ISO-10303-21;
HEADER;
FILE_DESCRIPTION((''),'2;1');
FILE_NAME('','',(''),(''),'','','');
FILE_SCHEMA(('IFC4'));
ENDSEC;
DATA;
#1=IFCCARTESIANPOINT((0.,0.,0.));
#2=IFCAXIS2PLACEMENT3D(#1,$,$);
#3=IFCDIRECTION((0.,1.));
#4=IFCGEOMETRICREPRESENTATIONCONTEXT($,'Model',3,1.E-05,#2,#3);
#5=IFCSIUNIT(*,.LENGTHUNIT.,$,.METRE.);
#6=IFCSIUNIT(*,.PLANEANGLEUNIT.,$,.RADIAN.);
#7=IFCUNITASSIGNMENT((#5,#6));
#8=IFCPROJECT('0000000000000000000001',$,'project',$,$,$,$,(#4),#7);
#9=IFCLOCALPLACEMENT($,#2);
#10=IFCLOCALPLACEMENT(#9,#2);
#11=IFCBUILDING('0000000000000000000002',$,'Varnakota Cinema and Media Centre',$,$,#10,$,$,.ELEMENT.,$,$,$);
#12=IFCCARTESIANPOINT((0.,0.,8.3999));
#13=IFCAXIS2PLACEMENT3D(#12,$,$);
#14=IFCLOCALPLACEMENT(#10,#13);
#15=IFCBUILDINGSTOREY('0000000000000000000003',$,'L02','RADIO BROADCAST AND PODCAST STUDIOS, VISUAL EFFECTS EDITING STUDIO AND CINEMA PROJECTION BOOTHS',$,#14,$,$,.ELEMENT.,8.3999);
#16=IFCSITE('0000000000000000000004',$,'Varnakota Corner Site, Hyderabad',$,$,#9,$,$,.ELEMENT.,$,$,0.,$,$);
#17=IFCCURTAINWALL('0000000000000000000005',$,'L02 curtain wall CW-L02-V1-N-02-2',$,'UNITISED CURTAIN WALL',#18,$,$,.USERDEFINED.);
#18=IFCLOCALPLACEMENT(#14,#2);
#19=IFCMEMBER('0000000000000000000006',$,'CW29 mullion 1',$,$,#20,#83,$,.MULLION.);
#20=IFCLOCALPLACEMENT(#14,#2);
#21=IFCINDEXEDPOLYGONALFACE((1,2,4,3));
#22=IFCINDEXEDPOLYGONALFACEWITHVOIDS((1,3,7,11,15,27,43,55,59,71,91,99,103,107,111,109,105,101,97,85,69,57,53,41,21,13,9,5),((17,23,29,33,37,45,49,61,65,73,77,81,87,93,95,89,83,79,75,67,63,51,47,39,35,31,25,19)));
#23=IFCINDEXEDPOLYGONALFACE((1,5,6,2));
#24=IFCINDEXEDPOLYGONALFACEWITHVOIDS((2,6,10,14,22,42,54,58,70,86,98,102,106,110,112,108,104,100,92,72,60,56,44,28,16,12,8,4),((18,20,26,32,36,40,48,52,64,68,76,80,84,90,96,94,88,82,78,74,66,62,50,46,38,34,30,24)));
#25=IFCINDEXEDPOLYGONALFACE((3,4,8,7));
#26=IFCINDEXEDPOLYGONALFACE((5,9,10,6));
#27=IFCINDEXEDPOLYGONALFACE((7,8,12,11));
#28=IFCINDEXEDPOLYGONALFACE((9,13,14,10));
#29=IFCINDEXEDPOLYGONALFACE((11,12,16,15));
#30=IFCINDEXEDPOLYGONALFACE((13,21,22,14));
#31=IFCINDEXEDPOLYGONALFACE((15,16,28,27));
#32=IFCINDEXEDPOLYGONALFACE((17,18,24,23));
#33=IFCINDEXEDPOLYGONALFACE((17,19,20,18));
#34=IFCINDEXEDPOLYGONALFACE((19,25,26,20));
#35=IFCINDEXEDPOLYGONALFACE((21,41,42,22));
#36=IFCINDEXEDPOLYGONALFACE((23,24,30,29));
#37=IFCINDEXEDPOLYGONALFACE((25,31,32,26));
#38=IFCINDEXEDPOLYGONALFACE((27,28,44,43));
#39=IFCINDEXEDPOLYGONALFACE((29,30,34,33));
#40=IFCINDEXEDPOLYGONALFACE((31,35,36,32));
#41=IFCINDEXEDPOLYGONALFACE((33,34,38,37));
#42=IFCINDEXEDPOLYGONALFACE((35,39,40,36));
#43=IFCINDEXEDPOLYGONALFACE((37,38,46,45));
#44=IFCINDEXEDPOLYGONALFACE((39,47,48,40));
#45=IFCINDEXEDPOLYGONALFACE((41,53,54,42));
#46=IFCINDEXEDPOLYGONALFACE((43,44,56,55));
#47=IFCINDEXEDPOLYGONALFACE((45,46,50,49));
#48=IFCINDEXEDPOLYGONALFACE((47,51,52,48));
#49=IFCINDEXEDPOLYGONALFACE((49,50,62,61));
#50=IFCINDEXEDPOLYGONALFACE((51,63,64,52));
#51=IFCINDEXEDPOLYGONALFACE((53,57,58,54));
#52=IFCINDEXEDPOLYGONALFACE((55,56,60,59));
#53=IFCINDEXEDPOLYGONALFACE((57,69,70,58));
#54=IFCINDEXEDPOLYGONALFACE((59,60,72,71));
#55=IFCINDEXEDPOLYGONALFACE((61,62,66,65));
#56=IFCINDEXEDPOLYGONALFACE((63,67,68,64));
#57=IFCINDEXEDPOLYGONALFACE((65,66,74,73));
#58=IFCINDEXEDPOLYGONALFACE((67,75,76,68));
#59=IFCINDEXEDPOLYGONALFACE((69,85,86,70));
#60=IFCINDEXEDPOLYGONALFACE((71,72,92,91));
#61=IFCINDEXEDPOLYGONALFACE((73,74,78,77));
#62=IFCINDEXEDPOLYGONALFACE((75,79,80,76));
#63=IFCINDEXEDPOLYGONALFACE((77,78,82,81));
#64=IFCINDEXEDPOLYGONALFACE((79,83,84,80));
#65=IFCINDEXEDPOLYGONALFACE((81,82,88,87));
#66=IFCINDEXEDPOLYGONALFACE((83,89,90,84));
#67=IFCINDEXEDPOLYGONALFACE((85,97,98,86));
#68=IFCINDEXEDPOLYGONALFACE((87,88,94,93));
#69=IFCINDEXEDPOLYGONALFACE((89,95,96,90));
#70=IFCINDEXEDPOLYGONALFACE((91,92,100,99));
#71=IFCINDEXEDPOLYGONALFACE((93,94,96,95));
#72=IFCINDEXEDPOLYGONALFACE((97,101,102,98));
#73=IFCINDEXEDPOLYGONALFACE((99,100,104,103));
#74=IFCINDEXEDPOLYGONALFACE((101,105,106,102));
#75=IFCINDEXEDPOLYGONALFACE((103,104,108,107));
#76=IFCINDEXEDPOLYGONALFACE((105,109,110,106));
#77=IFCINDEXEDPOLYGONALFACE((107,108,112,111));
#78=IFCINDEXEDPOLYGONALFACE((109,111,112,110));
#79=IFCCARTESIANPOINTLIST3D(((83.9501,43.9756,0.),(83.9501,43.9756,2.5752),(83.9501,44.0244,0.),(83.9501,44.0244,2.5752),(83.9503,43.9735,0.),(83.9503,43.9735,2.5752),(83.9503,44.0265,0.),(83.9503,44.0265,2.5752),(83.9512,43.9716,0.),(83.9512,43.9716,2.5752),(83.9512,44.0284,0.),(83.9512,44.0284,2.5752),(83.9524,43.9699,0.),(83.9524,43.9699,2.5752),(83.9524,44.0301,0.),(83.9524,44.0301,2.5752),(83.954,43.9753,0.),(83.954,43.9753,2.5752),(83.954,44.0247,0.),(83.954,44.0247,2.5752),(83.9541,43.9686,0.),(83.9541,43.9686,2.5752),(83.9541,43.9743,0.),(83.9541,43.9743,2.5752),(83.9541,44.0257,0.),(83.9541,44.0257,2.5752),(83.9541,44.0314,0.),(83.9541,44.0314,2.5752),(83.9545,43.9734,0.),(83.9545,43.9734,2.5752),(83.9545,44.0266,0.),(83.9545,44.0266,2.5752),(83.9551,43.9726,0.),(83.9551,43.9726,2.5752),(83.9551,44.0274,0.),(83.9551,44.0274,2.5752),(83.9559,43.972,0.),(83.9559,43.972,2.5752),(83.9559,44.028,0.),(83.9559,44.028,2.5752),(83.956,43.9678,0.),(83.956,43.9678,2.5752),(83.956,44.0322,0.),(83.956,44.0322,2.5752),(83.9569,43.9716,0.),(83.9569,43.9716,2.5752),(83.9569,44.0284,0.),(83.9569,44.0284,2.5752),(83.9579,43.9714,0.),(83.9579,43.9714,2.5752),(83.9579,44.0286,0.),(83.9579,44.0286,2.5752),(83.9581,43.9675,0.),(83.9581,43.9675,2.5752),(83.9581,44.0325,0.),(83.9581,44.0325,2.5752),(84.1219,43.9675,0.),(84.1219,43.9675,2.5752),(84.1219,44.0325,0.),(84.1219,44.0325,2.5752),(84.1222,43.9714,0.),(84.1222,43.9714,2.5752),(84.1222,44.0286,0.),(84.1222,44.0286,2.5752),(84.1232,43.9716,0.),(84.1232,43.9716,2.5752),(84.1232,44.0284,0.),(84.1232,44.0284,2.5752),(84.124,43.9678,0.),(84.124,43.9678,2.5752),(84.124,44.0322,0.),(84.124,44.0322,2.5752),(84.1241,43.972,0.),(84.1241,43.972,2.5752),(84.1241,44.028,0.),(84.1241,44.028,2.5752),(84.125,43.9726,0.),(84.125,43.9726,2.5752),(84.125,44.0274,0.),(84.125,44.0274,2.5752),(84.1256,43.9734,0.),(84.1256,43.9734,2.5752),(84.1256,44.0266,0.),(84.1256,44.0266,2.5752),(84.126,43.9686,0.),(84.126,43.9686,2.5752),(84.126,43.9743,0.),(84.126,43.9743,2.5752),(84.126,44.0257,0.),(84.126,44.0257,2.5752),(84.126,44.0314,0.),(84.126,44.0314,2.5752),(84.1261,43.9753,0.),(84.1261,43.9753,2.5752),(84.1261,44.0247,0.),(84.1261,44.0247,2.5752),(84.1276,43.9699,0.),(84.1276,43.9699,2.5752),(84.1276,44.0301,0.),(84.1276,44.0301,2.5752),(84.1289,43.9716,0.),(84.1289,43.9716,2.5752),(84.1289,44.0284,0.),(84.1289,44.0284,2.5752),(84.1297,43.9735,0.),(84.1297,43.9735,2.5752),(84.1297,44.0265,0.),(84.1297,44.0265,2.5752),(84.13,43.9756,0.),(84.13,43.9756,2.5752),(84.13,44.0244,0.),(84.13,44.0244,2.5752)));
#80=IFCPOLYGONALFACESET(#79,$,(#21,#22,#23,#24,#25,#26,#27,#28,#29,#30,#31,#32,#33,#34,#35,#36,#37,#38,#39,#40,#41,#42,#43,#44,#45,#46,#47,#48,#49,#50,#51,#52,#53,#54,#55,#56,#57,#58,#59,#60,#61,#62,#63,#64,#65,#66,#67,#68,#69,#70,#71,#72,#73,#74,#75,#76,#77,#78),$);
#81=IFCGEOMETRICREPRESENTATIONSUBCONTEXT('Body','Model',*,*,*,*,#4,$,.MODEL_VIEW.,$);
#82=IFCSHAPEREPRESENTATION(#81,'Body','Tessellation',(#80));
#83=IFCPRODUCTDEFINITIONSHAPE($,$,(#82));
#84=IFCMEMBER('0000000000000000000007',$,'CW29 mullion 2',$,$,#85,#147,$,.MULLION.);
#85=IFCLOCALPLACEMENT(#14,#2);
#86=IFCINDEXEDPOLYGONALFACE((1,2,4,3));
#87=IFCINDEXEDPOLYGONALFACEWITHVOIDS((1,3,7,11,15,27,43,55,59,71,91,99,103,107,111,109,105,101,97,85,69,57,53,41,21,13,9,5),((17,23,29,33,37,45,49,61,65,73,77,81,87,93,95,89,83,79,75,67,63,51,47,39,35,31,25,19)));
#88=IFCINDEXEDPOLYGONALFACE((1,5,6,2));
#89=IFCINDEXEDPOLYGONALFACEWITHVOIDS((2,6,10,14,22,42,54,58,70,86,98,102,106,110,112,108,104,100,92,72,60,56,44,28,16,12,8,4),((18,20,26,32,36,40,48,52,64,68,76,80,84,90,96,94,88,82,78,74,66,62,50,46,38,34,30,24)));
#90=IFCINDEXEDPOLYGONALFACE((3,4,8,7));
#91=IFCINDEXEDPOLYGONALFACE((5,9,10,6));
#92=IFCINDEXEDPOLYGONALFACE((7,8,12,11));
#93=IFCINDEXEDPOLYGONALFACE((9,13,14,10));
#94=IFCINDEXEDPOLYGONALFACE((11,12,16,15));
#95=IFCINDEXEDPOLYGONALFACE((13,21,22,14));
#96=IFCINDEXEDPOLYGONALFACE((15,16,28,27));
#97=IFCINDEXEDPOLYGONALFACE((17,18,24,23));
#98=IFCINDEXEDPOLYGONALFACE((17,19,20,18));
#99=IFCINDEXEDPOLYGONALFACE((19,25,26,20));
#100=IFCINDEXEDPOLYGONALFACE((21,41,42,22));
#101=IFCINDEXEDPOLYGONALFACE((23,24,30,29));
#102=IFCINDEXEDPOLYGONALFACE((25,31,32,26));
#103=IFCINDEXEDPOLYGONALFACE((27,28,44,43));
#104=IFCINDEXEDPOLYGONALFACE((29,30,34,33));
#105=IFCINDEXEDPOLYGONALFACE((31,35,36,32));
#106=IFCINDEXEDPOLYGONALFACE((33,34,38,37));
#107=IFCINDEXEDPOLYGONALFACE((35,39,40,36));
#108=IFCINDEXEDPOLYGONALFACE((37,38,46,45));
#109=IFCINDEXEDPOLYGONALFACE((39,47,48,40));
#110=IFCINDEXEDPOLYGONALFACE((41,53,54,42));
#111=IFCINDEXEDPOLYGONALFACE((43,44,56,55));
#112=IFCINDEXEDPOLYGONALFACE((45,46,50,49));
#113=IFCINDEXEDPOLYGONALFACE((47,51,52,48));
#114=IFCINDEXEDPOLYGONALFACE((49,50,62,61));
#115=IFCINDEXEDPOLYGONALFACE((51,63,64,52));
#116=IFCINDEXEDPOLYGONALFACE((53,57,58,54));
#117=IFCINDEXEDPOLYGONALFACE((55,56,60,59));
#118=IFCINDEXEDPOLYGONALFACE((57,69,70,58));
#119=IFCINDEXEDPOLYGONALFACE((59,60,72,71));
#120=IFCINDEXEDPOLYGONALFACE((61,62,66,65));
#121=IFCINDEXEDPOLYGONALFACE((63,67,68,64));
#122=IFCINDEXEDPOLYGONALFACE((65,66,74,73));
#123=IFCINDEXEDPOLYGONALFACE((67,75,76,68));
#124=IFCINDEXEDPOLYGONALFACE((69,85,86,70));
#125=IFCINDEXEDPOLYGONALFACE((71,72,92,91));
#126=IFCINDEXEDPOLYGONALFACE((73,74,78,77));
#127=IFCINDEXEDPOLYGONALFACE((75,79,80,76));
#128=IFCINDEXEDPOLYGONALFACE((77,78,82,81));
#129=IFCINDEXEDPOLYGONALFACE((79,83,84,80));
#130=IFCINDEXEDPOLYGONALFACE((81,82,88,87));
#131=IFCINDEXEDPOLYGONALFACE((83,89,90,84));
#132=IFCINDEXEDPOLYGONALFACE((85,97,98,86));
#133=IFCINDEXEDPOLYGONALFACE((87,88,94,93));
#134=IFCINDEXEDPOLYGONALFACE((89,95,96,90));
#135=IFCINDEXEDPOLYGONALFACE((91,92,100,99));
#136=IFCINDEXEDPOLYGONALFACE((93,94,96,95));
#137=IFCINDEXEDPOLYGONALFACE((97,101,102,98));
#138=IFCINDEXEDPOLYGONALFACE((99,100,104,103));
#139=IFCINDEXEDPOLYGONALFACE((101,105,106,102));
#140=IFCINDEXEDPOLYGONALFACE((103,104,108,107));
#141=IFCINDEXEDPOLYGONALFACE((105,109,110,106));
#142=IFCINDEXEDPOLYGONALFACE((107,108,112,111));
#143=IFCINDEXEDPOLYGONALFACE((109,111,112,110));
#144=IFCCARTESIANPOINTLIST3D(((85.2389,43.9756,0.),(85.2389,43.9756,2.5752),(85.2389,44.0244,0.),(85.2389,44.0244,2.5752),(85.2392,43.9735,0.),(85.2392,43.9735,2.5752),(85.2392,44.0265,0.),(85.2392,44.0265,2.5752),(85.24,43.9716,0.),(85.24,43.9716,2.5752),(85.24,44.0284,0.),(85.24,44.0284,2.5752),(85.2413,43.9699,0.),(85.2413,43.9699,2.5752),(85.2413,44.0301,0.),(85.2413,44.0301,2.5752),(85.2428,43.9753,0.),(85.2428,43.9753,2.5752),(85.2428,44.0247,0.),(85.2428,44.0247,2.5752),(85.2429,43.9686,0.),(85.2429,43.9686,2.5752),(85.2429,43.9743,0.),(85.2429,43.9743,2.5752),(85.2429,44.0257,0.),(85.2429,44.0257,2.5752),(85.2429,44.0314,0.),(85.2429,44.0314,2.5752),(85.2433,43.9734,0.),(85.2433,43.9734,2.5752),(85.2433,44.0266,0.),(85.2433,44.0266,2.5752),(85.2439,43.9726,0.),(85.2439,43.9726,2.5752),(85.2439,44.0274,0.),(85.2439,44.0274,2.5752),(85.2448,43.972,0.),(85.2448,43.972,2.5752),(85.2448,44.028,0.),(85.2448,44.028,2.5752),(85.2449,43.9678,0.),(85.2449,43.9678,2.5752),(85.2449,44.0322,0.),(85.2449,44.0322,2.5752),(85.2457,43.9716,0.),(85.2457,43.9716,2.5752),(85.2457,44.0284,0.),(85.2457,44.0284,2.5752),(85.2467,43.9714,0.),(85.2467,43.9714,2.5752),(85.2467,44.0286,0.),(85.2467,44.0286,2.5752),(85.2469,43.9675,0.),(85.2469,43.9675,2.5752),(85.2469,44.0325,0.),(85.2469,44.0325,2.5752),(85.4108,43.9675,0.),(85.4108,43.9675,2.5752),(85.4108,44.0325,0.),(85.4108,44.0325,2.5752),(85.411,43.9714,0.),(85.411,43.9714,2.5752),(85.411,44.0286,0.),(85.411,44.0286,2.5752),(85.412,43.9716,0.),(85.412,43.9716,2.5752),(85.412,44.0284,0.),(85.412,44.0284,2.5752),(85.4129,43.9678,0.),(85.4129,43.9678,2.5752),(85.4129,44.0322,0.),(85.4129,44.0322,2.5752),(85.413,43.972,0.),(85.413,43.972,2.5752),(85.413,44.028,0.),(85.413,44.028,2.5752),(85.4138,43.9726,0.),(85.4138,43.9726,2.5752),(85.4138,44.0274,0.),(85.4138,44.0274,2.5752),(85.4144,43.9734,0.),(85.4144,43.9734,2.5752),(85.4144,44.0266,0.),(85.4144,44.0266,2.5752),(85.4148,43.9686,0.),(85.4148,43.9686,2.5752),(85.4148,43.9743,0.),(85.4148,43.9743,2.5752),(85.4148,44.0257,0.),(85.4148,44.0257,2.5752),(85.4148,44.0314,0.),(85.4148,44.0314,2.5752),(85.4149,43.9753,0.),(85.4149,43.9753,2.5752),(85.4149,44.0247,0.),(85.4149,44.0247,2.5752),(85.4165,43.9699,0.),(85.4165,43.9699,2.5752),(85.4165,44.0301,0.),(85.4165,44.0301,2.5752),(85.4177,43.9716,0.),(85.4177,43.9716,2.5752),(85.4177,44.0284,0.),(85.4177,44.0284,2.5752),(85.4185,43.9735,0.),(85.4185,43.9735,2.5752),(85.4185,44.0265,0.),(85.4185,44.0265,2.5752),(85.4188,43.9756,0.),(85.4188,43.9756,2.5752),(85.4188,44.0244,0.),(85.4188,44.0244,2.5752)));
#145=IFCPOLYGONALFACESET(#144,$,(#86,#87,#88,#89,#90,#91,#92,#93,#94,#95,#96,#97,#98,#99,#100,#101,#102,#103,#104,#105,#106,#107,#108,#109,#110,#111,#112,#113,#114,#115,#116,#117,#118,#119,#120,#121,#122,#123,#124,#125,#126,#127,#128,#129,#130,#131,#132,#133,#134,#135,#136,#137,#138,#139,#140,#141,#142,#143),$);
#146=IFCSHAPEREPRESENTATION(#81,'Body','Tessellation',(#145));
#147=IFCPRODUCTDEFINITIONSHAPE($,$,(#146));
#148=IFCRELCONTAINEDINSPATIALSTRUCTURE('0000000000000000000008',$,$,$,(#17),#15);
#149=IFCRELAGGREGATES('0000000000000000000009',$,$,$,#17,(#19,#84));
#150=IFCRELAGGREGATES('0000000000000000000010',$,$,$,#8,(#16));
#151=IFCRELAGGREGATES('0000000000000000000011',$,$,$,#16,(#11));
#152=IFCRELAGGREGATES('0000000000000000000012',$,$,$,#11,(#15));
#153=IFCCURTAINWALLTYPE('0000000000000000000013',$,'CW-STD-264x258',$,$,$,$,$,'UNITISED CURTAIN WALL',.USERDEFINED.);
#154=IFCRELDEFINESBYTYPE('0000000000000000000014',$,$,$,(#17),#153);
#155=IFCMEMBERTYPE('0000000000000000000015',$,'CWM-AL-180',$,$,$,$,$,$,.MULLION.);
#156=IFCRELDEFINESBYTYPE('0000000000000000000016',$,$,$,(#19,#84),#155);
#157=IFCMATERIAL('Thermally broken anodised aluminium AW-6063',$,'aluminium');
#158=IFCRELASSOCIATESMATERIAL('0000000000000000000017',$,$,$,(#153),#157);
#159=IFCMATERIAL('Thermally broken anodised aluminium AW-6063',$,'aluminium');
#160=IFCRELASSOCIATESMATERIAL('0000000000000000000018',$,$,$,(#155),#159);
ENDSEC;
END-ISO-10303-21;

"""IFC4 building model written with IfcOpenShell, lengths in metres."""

from ifc_helpers import new_model, si_unit, direction, frame, origin, origin_2d, place, context, subcontext, project, spatial, hollow_rectangle, extrude, material, material_profile, profile_set, type_object, element, aggregate, save


model = new_model("IFC4")

# Units and contexts
model_context = context("Model", 3, precision=1e-05, world=origin(), true_north=direction((0.0, 1.0)))
body_context = subcontext(model_context, "Body", "Model", "MODEL_VIEW")
ifc_project = project(units=[si_unit("LENGTHUNIT", "METRE"), si_unit("PLANEANGLEUNIT", "RADIAN")], contexts=[model_context])

# Site, building, storey
site_placement = place(None, origin())
site = spatial("IfcSite", under=ifc_project, at=site_placement, Name="Varnakota Corner Site, Hyderabad", CompositionType="ELEMENT", RefElevation=0.0)
building_placement = place(site_placement, origin())
building = spatial("IfcBuilding", under=site, at=building_placement, Name="Varnakota Cinema and Media Centre", CompositionType="ELEMENT")
storey_placement = place(building_placement, frame((0.0, 0.0, 8.3999)))
storey = spatial("IfcBuildingStorey", under=building, at=storey_placement, Name="L02", Description="RADIO BROADCAST AND PODCAST STUDIOS, VISUAL EFFECTS EDITING STUDIO AND CINEMA PROJECTION BOOTHS", CompositionType="ELEMENT", Elevation=8.3999)

# Curtain wall, members
ifc_material_1 = material(Name="Thermally broken anodised aluminium AW-6063", Category="aluminium")
curtain_wall_type = type_object("IfcCurtainWallType", Name="CW-STD-264x258", ElementType="UNITISED CURTAIN WALL", PredefinedType="USERDEFINED", material=ifc_material_1)
ifc_material_2 = material(Name="Thermally broken anodised aluminium AW-6063", Category="aluminium")
ifc_material_profile_1 = material_profile(ifc_material_2, hollow_rectangle(XDim=0.0649, YDim=0.1799, WallThickness=0.0039, InnerFilletRadius=0.0039, OuterFilletRadius=0.0081, at=origin_2d()), Name="AL-MULLION 180x65x4")
ifc_profile_set_1 = profile_set([ifc_material_profile_1], Name="Thermally broken anodised aluminium AW-6063")
member_type_1 = type_object("IfcMemberType", Name="CWM-AL-180", PredefinedType="MULLION", material=ifc_profile_set_1)
curtain_wall_1_placement = place(storey_placement, origin())
curtain_wall_1 = element("IfcCurtainWall", 1, at=curtain_wall_1_placement, inside=storey, type_object=curtain_wall_type, Name="L02 curtain wall CW-L02-V1-N-02-2", ObjectType="UNITISED CURTAIN WALL", PredefinedType="USERDEFINED")
member_1_placement = place(storey_placement, frame((84.04, 44.0, 0.0), z_axis=(0.0, 0.0, 1.0), x_axis=(0.0, 1.0, 0.0)))
member_1 = element("IfcMember", 2, at=member_1_placement, type_object=member_type_1, Name="CW29 mullion 1", PredefinedType="MULLION", context=body_context, shape_type="SweptSolid", body=[
    extrude(hollow_rectangle(XDim=0.0649, YDim=0.1799, WallThickness=0.0039, InnerFilletRadius=0.0039, OuterFilletRadius=0.0081, at=origin_2d()), origin(), (0.0, 0.0, 1.0), 2.5752),
])
member_2_placement = place(storey_placement, frame((85.3289, 44.0, 0.0), z_axis=(0.0, 0.0, 1.0), x_axis=(0.0, 1.0, 0.0)))
member_2 = element("IfcMember", 3, at=member_2_placement, type_object=member_type_1, Name="CW29 mullion 2", PredefinedType="MULLION", context=body_context, shape_type="SweptSolid", body=[
    extrude(hollow_rectangle(XDim=0.0649, YDim=0.1799, WallThickness=0.0039, InnerFilletRadius=0.0039, OuterFilletRadius=0.0081, at=origin_2d()), origin(), (0.0, 0.0, 1.0), 2.5752),
])

aggregate(curtain_wall_1, [member_1, member_2])

save(model, "model.ifc")
